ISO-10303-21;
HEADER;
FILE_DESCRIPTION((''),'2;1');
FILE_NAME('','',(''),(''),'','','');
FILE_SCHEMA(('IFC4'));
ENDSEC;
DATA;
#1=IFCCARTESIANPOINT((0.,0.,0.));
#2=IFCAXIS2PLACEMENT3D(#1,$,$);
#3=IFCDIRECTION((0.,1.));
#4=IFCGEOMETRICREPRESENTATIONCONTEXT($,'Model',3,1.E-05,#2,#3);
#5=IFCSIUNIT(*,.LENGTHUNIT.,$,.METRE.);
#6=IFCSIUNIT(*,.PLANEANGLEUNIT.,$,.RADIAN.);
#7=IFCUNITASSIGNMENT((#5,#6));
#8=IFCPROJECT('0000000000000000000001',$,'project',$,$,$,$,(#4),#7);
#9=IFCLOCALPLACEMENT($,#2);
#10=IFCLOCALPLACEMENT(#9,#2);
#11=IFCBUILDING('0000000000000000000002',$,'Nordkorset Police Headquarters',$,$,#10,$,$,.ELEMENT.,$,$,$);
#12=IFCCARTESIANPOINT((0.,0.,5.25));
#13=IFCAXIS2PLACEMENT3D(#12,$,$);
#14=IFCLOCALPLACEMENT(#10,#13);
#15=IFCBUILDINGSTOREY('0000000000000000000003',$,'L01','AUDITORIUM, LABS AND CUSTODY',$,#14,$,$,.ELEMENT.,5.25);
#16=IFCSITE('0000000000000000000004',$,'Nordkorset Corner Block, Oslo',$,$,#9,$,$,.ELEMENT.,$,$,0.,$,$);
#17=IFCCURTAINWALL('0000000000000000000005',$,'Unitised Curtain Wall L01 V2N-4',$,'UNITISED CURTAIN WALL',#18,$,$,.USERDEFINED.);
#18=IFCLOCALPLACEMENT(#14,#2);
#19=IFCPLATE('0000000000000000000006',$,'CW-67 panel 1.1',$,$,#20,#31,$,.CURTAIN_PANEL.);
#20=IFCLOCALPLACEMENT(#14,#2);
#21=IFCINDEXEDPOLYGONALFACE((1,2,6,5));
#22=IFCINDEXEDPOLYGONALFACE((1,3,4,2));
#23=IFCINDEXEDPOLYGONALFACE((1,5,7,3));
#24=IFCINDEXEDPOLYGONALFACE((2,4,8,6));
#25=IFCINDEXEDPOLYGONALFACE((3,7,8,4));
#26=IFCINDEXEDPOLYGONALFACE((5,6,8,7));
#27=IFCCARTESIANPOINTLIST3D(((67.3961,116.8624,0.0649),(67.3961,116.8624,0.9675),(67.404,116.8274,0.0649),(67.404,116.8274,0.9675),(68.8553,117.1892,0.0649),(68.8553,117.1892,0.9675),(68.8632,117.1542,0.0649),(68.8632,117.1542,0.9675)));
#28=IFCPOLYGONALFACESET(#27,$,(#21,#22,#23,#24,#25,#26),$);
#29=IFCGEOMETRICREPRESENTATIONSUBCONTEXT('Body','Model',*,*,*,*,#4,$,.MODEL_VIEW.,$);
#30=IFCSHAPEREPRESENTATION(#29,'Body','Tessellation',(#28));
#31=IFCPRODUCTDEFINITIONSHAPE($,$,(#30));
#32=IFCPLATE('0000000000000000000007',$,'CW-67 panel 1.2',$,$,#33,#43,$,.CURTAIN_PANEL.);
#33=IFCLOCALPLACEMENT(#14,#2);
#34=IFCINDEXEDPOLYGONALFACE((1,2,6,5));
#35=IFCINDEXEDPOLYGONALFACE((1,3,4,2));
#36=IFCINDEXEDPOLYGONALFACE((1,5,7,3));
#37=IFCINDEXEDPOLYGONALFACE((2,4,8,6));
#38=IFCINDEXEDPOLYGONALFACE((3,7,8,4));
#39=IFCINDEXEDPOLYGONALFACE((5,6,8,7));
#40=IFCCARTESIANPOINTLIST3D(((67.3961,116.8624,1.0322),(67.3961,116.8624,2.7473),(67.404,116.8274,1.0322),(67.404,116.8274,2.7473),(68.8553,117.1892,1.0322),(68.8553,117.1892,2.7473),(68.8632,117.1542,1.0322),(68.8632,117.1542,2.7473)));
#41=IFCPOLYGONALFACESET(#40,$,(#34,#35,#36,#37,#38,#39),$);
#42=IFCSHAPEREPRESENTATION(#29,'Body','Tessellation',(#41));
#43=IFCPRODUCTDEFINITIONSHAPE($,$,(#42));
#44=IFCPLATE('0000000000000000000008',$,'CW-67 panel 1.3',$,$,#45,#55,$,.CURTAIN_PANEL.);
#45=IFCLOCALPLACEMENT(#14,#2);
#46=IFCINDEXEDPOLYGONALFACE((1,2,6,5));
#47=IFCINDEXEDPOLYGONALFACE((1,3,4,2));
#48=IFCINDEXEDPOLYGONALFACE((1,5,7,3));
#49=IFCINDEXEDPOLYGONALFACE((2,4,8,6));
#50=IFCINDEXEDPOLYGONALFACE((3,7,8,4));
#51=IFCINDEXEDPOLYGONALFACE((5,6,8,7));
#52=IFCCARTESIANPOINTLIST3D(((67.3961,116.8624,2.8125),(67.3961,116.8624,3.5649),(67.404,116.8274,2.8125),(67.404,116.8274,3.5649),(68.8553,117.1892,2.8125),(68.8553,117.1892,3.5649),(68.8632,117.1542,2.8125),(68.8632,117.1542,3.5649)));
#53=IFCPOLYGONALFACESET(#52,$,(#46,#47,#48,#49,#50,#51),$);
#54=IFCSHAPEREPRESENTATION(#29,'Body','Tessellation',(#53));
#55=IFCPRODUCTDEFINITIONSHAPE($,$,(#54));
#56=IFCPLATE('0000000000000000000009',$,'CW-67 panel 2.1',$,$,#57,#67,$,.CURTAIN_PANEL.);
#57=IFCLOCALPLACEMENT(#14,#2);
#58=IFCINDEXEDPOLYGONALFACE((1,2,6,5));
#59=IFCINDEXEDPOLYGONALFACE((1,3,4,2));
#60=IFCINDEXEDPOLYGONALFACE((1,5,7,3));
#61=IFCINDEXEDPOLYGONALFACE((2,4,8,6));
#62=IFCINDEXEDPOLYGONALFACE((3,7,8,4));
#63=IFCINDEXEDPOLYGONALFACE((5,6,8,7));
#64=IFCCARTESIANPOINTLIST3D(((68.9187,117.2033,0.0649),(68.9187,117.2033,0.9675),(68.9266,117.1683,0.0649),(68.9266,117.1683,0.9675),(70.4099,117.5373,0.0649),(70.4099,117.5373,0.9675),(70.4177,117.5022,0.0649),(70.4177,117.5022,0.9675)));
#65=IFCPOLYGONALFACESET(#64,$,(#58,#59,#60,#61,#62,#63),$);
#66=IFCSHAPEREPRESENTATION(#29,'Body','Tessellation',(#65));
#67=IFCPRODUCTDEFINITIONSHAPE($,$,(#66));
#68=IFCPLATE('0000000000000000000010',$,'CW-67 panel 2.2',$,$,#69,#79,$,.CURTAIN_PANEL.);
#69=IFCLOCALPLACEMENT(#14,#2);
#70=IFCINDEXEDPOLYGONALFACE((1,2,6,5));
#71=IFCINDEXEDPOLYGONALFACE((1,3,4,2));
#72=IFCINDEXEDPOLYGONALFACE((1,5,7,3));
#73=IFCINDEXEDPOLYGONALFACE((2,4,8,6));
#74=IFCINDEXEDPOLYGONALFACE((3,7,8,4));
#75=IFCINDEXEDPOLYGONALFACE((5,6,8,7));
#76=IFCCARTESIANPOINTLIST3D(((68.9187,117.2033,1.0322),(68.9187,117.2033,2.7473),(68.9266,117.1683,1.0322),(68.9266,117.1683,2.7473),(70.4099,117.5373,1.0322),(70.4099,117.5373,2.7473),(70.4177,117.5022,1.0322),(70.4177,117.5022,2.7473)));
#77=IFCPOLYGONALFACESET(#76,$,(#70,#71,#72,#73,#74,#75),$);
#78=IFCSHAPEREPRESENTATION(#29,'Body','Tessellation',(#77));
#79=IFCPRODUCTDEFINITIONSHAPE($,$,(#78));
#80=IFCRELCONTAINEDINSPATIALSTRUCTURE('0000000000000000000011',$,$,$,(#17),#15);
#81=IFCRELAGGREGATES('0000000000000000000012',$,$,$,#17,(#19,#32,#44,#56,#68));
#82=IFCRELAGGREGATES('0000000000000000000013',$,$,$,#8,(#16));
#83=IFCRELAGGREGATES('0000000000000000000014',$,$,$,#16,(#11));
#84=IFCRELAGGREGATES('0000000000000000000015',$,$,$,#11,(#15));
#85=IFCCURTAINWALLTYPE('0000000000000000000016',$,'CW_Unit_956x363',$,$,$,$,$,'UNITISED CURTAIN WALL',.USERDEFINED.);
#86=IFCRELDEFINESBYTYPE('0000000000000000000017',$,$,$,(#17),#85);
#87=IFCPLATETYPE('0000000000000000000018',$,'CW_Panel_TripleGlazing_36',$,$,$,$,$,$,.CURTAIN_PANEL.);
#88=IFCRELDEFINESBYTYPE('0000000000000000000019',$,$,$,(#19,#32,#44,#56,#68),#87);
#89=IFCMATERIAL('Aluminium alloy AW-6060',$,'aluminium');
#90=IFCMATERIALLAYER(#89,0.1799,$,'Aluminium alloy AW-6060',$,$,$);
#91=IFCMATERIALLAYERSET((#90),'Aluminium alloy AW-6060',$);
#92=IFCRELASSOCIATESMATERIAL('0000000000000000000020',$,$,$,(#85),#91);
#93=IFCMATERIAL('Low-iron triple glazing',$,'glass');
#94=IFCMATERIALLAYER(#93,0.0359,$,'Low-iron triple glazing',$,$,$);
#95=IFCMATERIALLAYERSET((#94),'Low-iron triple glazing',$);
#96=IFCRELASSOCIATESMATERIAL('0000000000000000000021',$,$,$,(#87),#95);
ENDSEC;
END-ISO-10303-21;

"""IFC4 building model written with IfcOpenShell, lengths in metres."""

from ifc_helpers import new_model, si_unit, direction, frame, origin, origin_2d, place, context, subcontext, project, spatial, rectangle, extrude, material, layer, layer_set, type_object, element, aggregate, save


model = new_model("IFC4")

# Units and contexts
model_context = context("Model", 3, precision=1e-05, world=origin(), true_north=direction((0.0, 1.0)))
body_context = subcontext(model_context, "Body", "Model", "MODEL_VIEW")
ifc_project = project(units=[si_unit("LENGTHUNIT", "METRE"), si_unit("PLANEANGLEUNIT", "RADIAN")], contexts=[model_context])

# Site, building, storey
site_placement = place(None, origin())
site = spatial("IfcSite", under=ifc_project, at=site_placement, Name="Nordkorset Corner Block, Oslo", CompositionType="ELEMENT", RefElevation=0.0)
building_placement = place(site_placement, origin())
building = spatial("IfcBuilding", under=site, at=building_placement, Name="Nordkorset Police Headquarters", CompositionType="ELEMENT")
storey_placement = place(building_placement, frame((0.0, 0.0, 5.25)))
storey = spatial("IfcBuildingStorey", under=building, at=storey_placement, Name="L01", Description="AUDITORIUM, LABS AND CUSTODY", CompositionType="ELEMENT", Elevation=5.25)

# Curtain wall
ifc_material_1 = material(Name="Aluminium alloy AW-6060", Category="aluminium")
ifc_layer_1 = layer(ifc_material_1, 0.1799, Name="Aluminium alloy AW-6060")
ifc_layer_set_1 = layer_set([ifc_layer_1], Name="Aluminium alloy AW-6060")
curtain_wall_type_1 = type_object("IfcCurtainWallType", Name="CW_Unit_956x363", ElementType="UNITISED CURTAIN WALL", PredefinedType="USERDEFINED", material=ifc_layer_set_1)
curtain_wall_1_placement = place(storey_placement, origin())
curtain_wall_1 = element("IfcCurtainWall", 1, at=curtain_wall_1_placement, inside=storey, type_object=curtain_wall_type_1, Name="Unitised Curtain Wall L01 V2N-4", ObjectType="UNITISED CURTAIN WALL", PredefinedType="USERDEFINED")

# Plates
ifc_material_2 = material(Name="Low-iron triple glazing", Category="glass")
ifc_layer_2 = layer(ifc_material_2, 0.0359, Name="Low-iron triple glazing")
ifc_layer_set_2 = layer_set([ifc_layer_2], Name="Low-iron triple glazing")
plate_type = type_object("IfcPlateType", Name="CW_Panel_TripleGlazing_36", PredefinedType="CURTAIN_PANEL", material=ifc_layer_set_2)
plate_1_placement = place(storey_placement, frame((68.1296, 117.0083, 0.0649), z_axis=(0.0, 0.0, 1.0), x_axis=(0.975827, 0.218544, 0.0)))
plate_1 = element("IfcPlate", 2, at=plate_1_placement, type_object=plate_type, Name="CW-67 panel 1.1", PredefinedType="CURTAIN_PANEL", context=body_context, shape_type="SweptSolid", body=[
    extrude(rectangle(XDim=1.4954, YDim=0.0359, at=origin_2d()), origin(), (0.0, 0.0, 1.0), 0.9026),
])
plate_2_placement = place(storey_placement, frame((68.1296, 117.0083, 1.0322), z_axis=(0.0, 0.0, 1.0), x_axis=(0.975827, 0.218544, 0.0)))
plate_2 = element("IfcPlate", 3, at=plate_2_placement, type_object=plate_type, Name="CW-67 panel 1.2", PredefinedType="CURTAIN_PANEL", context=body_context, shape_type="SweptSolid", body=[
    extrude(rectangle(XDim=1.4954, YDim=0.0359, at=origin_2d()), origin(), (0.0, 0.0, 1.0), 1.7151),
])
plate_3_placement = place(storey_placement, frame((68.1296, 117.0083, 2.8125), z_axis=(0.0, 0.0, 1.0), x_axis=(0.975827, 0.218544, 0.0)))
plate_3 = element("IfcPlate", 4, at=plate_3_placement, type_object=plate_type, Name="CW-67 panel 1.3", PredefinedType="CURTAIN_PANEL", context=body_context, shape_type="SweptSolid", body=[
    extrude(rectangle(XDim=1.4954, YDim=0.0359, at=origin_2d()), origin(), (0.0, 0.0, 1.0), 0.7524),
])
plate_4_placement = place(storey_placement, frame((69.6682, 117.3528, 0.0649), z_axis=(0.0, 0.0, 1.0), x_axis=(0.975827, 0.218544, 0.0)))
plate_4 = element("IfcPlate", 5, at=plate_4_placement, type_object=plate_type, Name="CW-67 panel 2.1", PredefinedType="CURTAIN_PANEL", context=body_context, shape_type="SweptSolid", body=[
    extrude(rectangle(XDim=1.5281, YDim=0.0359, at=origin_2d()), origin(), (0.0, 0.0, 1.0), 0.9026),
])
plate_5_placement = place(storey_placement, frame((69.6682, 117.3528, 1.0322), z_axis=(0.0, 0.0, 1.0), x_axis=(0.975827, 0.218544, 0.0)))
plate_5 = element("IfcPlate", 6, at=plate_5_placement, type_object=plate_type, Name="CW-67 panel 2.2", PredefinedType="CURTAIN_PANEL", context=body_context, shape_type="SweptSolid", body=[
    extrude(rectangle(XDim=1.5281, YDim=0.0359, at=origin_2d()), origin(), (0.0, 0.0, 1.0), 1.7151),
])
aggregate(curtain_wall_1, [plate_1, plate_2, plate_3, plate_4, plate_5])

save(model, "model.ifc")
